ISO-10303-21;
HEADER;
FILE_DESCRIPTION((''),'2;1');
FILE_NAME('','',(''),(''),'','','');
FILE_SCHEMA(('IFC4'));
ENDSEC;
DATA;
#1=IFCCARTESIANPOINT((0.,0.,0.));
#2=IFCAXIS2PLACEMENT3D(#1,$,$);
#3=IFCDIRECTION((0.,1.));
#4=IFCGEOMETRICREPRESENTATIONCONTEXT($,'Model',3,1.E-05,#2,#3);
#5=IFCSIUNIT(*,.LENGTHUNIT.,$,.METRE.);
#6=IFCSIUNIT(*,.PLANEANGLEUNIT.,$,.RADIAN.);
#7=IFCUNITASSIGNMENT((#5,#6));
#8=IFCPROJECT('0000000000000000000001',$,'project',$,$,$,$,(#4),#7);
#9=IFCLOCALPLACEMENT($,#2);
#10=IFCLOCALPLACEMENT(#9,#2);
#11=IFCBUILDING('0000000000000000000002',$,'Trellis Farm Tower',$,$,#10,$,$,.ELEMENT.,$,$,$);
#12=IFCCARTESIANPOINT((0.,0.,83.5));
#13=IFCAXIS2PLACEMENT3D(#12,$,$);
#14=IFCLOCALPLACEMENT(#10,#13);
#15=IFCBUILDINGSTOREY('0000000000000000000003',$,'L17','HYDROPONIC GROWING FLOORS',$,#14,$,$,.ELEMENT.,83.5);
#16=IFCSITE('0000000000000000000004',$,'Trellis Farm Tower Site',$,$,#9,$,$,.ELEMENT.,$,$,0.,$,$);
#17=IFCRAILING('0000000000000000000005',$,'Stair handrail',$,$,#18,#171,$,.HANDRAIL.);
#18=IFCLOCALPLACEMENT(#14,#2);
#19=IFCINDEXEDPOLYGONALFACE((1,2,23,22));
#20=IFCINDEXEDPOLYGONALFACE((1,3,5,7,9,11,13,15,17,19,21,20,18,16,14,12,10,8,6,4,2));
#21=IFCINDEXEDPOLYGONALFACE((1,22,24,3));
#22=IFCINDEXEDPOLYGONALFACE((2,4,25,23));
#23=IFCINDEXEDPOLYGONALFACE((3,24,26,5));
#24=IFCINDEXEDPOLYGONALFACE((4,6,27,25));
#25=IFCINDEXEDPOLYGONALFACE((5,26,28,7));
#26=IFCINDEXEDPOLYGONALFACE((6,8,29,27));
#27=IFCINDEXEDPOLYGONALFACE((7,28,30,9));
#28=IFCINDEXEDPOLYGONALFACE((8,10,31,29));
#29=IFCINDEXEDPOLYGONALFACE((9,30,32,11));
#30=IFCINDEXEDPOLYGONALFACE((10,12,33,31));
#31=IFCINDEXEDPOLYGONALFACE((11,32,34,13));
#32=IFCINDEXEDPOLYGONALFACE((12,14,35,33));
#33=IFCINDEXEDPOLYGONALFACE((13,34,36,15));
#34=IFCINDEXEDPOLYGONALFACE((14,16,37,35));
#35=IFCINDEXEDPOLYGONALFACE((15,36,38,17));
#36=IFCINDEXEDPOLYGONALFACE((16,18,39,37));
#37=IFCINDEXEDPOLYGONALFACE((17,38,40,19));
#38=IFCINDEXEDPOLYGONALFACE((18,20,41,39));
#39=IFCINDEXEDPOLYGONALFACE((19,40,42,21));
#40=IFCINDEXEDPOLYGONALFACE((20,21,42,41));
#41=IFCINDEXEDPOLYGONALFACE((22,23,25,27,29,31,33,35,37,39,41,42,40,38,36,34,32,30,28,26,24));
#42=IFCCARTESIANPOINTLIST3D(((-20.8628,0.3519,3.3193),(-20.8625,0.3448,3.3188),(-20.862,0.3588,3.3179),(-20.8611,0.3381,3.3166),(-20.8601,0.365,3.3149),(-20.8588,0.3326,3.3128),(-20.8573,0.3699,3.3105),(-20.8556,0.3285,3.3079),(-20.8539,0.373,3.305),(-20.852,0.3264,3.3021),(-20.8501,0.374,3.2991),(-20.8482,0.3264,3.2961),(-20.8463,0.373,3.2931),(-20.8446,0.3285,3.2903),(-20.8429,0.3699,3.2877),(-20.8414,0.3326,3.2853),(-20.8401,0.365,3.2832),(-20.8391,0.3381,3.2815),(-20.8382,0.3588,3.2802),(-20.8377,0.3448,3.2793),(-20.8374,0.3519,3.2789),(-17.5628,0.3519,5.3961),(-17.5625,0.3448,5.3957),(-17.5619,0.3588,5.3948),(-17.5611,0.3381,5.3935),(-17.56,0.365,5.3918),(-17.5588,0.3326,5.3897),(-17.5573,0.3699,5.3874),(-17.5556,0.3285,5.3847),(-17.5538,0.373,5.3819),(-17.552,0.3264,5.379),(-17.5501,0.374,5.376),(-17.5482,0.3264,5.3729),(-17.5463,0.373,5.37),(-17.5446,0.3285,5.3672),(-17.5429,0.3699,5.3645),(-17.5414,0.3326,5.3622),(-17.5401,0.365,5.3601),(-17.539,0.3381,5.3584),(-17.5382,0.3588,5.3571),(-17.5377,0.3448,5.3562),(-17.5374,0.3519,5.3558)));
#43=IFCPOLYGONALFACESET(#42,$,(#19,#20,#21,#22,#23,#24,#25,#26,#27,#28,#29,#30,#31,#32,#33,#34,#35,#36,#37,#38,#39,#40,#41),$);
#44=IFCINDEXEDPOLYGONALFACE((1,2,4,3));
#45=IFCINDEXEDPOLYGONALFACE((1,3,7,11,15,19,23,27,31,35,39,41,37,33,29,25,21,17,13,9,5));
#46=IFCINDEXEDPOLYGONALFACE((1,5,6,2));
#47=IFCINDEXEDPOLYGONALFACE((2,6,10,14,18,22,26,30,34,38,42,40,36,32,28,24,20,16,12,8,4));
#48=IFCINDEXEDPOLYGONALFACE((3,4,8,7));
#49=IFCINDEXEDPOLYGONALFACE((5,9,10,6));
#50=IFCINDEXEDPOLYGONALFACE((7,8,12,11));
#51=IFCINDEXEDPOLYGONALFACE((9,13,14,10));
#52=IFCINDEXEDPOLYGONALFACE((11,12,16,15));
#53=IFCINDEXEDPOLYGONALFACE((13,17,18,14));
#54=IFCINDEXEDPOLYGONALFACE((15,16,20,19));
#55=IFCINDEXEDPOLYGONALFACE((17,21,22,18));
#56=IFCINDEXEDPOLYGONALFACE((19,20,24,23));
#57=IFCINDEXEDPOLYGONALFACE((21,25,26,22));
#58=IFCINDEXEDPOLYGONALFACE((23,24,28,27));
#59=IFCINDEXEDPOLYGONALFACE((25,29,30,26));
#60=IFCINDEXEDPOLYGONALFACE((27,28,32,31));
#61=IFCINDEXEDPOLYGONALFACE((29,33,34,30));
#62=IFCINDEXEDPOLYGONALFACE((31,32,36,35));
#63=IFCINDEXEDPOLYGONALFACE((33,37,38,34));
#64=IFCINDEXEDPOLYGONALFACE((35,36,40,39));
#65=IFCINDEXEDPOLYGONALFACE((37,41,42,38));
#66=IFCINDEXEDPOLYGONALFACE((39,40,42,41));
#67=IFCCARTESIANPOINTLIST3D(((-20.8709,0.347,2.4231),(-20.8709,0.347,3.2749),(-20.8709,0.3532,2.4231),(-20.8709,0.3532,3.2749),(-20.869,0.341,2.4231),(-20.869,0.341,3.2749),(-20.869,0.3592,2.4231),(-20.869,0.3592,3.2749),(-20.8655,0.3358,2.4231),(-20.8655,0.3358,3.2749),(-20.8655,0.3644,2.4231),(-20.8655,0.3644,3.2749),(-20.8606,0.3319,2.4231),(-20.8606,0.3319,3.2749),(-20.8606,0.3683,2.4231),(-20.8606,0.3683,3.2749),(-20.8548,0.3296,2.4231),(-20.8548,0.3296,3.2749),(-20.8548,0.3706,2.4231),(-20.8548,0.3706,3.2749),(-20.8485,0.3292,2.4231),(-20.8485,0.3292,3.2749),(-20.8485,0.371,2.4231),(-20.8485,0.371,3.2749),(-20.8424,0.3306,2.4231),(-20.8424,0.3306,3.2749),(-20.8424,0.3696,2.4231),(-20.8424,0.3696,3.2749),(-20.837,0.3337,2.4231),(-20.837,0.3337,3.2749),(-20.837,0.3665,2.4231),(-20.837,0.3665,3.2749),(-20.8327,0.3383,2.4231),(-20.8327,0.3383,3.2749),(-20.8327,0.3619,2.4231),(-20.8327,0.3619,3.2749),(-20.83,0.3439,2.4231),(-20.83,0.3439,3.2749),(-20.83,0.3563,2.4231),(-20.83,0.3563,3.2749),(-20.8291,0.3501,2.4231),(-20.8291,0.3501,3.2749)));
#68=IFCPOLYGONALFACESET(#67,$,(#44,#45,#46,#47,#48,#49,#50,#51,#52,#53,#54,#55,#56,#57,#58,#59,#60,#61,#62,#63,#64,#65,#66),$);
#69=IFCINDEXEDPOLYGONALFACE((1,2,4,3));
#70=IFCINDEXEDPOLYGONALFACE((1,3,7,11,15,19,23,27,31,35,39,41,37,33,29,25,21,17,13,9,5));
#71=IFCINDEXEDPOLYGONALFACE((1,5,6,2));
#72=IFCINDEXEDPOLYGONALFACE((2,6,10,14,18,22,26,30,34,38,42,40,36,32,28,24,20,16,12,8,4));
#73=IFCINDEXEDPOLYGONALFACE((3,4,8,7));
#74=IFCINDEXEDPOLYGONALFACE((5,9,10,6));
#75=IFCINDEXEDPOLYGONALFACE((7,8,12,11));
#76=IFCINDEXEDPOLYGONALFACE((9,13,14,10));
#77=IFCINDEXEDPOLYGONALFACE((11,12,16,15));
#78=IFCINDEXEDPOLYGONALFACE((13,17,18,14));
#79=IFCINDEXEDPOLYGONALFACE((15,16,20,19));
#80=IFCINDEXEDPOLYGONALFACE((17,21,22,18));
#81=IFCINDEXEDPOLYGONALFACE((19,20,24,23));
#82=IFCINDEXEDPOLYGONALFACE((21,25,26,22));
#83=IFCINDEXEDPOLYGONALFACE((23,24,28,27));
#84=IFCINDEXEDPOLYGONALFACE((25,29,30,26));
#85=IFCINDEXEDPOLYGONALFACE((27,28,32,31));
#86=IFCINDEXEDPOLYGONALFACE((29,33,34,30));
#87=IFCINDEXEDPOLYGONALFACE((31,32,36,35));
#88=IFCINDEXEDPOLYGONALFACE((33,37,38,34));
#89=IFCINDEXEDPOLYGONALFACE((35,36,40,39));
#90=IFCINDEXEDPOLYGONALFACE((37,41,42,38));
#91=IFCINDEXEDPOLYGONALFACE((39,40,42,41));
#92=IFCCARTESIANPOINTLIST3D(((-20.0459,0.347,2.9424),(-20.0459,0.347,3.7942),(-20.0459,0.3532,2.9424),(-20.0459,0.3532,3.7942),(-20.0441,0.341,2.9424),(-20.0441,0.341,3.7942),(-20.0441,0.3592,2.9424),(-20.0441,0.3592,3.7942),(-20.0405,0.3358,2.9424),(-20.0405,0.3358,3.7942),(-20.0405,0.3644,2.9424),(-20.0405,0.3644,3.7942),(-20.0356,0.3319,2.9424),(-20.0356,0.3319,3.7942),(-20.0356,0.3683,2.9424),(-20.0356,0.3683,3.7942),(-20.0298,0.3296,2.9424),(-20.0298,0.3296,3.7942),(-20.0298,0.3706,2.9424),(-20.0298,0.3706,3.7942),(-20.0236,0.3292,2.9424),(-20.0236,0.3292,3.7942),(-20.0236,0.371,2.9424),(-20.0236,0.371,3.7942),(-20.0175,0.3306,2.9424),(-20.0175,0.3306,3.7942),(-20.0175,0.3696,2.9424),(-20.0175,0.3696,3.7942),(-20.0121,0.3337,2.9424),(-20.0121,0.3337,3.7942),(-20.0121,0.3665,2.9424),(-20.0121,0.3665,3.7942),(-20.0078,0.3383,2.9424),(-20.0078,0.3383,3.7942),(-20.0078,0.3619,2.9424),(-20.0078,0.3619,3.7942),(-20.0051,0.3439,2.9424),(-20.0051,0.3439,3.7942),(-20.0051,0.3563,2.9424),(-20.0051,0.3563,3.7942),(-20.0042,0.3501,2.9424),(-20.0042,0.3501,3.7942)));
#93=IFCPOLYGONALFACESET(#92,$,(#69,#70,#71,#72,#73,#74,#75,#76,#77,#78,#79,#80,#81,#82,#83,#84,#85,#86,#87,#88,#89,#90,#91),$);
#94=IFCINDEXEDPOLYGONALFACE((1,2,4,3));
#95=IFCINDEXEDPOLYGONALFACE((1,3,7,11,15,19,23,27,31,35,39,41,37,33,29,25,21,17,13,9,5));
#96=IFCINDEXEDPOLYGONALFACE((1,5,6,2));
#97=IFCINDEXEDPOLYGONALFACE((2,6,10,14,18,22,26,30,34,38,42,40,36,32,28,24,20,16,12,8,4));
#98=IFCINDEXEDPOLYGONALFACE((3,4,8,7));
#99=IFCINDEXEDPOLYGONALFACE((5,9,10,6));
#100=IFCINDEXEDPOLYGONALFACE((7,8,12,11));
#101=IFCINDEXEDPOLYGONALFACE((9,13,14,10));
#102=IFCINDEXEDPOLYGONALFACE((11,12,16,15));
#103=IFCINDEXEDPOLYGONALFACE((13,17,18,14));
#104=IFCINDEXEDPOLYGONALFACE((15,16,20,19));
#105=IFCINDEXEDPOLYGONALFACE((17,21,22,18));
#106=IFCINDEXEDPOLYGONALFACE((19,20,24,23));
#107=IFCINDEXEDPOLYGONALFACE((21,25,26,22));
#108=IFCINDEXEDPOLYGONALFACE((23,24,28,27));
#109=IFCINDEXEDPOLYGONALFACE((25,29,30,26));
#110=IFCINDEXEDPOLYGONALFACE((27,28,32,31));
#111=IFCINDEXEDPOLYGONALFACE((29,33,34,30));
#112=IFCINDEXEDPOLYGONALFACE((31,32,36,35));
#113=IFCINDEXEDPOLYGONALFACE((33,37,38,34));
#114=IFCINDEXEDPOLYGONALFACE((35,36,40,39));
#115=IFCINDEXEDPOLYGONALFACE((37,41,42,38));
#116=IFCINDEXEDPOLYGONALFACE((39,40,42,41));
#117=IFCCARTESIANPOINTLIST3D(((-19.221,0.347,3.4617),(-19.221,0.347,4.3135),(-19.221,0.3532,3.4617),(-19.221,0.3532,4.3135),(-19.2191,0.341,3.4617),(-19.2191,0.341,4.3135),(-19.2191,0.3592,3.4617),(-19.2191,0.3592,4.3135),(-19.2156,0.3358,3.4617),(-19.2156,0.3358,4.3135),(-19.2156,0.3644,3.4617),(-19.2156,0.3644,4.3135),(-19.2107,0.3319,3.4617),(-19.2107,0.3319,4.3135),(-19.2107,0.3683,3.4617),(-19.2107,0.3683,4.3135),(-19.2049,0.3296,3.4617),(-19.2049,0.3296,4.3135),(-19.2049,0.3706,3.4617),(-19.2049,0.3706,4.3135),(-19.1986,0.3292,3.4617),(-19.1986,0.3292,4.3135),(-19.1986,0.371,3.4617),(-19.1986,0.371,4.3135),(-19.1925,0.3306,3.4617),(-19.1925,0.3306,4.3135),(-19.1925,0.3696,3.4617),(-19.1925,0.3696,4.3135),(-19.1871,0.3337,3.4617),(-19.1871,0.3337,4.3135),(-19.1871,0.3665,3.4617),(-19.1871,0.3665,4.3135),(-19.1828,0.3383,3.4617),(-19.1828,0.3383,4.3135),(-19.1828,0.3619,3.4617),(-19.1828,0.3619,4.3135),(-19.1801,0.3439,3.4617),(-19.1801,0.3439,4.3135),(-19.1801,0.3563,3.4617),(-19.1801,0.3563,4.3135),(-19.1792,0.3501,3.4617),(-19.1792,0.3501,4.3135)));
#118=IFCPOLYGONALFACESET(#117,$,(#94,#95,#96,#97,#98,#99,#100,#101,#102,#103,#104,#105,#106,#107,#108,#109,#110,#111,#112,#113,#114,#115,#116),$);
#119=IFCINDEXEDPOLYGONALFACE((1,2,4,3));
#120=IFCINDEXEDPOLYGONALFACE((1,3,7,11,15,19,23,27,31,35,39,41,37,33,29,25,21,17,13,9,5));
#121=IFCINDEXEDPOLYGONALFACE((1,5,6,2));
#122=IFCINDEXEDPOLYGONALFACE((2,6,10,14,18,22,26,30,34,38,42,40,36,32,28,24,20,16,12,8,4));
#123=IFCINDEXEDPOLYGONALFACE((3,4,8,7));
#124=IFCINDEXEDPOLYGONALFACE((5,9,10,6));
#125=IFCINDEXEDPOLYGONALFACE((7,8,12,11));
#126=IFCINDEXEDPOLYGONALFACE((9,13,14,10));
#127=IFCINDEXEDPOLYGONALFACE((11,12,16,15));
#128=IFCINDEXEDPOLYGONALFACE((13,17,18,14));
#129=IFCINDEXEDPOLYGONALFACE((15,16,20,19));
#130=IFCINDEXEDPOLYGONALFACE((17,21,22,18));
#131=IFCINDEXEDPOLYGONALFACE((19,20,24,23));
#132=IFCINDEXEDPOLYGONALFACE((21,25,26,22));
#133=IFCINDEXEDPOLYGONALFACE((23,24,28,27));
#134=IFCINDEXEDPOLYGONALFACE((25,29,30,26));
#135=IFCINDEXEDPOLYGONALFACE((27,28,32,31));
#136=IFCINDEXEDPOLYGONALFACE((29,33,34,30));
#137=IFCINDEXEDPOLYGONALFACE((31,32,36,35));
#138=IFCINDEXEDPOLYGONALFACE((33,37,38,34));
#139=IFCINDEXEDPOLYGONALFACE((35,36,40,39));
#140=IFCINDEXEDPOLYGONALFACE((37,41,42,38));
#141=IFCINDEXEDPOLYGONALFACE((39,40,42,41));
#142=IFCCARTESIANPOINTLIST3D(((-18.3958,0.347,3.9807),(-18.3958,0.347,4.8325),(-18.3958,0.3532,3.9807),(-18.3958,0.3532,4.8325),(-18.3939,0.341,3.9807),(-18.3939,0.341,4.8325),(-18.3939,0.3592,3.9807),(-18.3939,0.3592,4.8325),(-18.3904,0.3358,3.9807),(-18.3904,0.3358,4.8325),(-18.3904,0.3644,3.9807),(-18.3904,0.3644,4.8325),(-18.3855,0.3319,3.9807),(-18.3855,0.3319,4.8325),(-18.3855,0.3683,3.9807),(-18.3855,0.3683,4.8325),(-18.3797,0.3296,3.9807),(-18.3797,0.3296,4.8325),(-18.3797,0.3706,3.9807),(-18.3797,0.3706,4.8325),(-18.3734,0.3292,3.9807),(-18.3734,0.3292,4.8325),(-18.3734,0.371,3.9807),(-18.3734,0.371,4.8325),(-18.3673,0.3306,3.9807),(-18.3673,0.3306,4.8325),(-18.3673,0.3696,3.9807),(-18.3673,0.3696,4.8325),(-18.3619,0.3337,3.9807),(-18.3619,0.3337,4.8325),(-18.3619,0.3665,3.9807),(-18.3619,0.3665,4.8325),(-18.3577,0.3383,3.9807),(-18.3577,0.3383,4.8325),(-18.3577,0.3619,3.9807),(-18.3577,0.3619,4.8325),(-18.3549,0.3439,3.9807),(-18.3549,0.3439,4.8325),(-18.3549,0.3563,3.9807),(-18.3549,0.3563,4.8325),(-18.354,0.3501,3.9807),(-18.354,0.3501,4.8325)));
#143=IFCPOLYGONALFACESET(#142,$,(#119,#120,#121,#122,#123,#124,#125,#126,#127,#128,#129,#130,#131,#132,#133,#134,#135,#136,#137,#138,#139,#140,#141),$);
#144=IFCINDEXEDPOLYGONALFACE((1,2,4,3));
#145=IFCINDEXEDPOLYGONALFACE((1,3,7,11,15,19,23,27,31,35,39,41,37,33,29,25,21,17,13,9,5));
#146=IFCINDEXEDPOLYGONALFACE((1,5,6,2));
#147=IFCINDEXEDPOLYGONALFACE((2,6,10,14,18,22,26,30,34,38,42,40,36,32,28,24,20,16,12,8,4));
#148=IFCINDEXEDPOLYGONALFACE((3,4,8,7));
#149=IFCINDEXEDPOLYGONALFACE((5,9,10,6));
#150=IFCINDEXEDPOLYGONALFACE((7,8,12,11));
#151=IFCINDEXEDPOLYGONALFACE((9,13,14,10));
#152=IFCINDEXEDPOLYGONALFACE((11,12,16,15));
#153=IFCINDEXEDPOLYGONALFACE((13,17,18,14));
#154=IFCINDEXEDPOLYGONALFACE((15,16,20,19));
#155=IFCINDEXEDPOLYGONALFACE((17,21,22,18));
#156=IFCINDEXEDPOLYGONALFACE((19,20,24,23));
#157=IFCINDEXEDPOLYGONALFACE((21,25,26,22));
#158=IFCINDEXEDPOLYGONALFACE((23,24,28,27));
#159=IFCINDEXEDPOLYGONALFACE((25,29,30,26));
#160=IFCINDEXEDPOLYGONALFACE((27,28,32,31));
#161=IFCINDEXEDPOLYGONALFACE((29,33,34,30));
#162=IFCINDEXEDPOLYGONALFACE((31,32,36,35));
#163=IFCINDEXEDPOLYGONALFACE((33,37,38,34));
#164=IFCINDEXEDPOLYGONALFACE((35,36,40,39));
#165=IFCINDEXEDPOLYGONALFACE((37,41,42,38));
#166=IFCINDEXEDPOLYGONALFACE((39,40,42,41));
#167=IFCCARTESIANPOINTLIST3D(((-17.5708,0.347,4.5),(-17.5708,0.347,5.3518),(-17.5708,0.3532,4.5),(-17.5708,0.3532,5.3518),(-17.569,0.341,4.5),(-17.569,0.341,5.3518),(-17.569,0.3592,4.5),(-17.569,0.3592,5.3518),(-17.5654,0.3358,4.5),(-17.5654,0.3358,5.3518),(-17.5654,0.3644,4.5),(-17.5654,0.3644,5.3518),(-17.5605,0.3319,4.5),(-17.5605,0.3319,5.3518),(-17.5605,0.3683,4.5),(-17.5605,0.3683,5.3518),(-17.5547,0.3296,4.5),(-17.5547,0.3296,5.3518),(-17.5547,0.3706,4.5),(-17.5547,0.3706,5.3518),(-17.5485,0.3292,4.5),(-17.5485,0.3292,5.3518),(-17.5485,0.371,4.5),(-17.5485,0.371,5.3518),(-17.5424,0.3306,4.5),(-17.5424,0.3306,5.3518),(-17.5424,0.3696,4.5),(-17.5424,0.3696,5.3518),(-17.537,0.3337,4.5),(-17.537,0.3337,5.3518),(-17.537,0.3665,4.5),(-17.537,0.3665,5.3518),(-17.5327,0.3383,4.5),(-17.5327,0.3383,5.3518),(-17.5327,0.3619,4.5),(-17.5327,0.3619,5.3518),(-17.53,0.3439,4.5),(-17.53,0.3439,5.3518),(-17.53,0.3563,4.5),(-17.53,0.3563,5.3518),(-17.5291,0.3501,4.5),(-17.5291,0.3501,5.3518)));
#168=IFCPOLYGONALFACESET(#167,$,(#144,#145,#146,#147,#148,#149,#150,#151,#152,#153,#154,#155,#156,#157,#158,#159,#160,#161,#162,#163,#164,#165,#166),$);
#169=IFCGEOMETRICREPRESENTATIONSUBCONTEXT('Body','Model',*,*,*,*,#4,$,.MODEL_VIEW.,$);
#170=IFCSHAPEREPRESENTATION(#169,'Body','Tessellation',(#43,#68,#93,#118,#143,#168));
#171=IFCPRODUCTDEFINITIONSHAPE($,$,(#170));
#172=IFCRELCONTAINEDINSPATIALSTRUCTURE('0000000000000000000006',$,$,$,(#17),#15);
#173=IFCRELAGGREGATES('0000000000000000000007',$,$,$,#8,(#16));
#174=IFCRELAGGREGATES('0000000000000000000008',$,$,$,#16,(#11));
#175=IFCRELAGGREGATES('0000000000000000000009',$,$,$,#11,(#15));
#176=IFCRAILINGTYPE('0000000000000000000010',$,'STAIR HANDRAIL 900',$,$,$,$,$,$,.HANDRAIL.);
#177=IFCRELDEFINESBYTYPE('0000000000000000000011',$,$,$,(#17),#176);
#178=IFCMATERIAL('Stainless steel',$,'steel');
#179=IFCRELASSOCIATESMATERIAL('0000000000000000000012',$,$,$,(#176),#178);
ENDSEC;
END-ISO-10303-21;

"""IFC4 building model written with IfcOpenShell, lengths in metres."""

from ifc_helpers import new_model, si_unit, direction, frame, origin, origin_2d, place, context, subcontext, project, spatial, circle, extrude, source, transform, mapped, material, type_object, element, save


model = new_model("IFC4")

# Units and contexts
model_context = context("Model", 3, precision=1e-05, world=origin(), true_north=direction((0.0, 1.0)))
body_context = subcontext(model_context, "Body", "Model", "MODEL_VIEW")
ifc_project = project(units=[si_unit("LENGTHUNIT", "METRE"), si_unit("PLANEANGLEUNIT", "RADIAN")], contexts=[model_context])

# Site, building, storey
site_placement = place(None, origin())
site = spatial("IfcSite", under=ifc_project, at=site_placement, Name="Trellis Farm Tower Site", CompositionType="ELEMENT", RefElevation=0.0)
building_placement = place(site_placement, origin())
building = spatial("IfcBuilding", under=site, at=building_placement, Name="Trellis Farm Tower", CompositionType="ELEMENT")
storey_placement = place(building_placement, frame((0.0, 0.0, 83.5)))
storey = spatial("IfcBuildingStorey", under=building, at=storey_placement, Name="L17", Description="HYDROPONIC GROWING FLOORS", CompositionType="ELEMENT", Elevation=83.5)

# Railing
ifc_material_1 = material(Name="Stainless steel", Category="steel")
railing_type = type_object("IfcRailingType", Name="STAIR HANDRAIL 900", PredefinedType="HANDRAIL", material=ifc_material_1)
shared_shape_1 = source(origin(), body_context, "Body", "SweptSolid", [
    extrude(circle(Radius=0.0239, at=origin_2d()), frame((0.0, 0.0, 0.876), z_axis=(0.846337, 0.0, 0.532647), x_axis=(0.0, 1.0, 0.0)), (0.0, 0.0, 1.0), 3.8992),
    extrude(circle(Radius=0.021, at=origin_2d()), origin(), (0.0, 0.0, 1.0), 0.8518),
    extrude(circle(Radius=0.021, at=origin_2d()), frame((0.825, 0.0, 0.5193)), (0.0, 0.0, 1.0), 0.8518),
    extrude(circle(Radius=0.021, at=origin_2d()), frame((1.6499, 0.0, 1.0386)), (0.0, 0.0, 1.0), 0.8518),
    extrude(circle(Radius=0.021, at=origin_2d()), frame((2.4751, 0.0, 1.5576)), (0.0, 0.0, 1.0), 0.8518),
    extrude(circle(Radius=0.021, at=origin_2d()), frame((3.3, 0.0, 2.0769)), (0.0, 0.0, 1.0), 0.8518),
])
for number, where, name in (
    (1, (-20.8501, 0.3501, 2.4231), "Stair handrail"),
):
    element("IfcRailing", number, at=place(storey_placement, frame(where)), inside=storey, type_object=railing_type, Name=name, PredefinedType="HANDRAIL", context=body_context, shape_type="MappedRepresentation", body=[
        mapped(shared_shape_1, transform((0.0, 0.0, 0.0))),
    ])

save(model, "model.ifc")
